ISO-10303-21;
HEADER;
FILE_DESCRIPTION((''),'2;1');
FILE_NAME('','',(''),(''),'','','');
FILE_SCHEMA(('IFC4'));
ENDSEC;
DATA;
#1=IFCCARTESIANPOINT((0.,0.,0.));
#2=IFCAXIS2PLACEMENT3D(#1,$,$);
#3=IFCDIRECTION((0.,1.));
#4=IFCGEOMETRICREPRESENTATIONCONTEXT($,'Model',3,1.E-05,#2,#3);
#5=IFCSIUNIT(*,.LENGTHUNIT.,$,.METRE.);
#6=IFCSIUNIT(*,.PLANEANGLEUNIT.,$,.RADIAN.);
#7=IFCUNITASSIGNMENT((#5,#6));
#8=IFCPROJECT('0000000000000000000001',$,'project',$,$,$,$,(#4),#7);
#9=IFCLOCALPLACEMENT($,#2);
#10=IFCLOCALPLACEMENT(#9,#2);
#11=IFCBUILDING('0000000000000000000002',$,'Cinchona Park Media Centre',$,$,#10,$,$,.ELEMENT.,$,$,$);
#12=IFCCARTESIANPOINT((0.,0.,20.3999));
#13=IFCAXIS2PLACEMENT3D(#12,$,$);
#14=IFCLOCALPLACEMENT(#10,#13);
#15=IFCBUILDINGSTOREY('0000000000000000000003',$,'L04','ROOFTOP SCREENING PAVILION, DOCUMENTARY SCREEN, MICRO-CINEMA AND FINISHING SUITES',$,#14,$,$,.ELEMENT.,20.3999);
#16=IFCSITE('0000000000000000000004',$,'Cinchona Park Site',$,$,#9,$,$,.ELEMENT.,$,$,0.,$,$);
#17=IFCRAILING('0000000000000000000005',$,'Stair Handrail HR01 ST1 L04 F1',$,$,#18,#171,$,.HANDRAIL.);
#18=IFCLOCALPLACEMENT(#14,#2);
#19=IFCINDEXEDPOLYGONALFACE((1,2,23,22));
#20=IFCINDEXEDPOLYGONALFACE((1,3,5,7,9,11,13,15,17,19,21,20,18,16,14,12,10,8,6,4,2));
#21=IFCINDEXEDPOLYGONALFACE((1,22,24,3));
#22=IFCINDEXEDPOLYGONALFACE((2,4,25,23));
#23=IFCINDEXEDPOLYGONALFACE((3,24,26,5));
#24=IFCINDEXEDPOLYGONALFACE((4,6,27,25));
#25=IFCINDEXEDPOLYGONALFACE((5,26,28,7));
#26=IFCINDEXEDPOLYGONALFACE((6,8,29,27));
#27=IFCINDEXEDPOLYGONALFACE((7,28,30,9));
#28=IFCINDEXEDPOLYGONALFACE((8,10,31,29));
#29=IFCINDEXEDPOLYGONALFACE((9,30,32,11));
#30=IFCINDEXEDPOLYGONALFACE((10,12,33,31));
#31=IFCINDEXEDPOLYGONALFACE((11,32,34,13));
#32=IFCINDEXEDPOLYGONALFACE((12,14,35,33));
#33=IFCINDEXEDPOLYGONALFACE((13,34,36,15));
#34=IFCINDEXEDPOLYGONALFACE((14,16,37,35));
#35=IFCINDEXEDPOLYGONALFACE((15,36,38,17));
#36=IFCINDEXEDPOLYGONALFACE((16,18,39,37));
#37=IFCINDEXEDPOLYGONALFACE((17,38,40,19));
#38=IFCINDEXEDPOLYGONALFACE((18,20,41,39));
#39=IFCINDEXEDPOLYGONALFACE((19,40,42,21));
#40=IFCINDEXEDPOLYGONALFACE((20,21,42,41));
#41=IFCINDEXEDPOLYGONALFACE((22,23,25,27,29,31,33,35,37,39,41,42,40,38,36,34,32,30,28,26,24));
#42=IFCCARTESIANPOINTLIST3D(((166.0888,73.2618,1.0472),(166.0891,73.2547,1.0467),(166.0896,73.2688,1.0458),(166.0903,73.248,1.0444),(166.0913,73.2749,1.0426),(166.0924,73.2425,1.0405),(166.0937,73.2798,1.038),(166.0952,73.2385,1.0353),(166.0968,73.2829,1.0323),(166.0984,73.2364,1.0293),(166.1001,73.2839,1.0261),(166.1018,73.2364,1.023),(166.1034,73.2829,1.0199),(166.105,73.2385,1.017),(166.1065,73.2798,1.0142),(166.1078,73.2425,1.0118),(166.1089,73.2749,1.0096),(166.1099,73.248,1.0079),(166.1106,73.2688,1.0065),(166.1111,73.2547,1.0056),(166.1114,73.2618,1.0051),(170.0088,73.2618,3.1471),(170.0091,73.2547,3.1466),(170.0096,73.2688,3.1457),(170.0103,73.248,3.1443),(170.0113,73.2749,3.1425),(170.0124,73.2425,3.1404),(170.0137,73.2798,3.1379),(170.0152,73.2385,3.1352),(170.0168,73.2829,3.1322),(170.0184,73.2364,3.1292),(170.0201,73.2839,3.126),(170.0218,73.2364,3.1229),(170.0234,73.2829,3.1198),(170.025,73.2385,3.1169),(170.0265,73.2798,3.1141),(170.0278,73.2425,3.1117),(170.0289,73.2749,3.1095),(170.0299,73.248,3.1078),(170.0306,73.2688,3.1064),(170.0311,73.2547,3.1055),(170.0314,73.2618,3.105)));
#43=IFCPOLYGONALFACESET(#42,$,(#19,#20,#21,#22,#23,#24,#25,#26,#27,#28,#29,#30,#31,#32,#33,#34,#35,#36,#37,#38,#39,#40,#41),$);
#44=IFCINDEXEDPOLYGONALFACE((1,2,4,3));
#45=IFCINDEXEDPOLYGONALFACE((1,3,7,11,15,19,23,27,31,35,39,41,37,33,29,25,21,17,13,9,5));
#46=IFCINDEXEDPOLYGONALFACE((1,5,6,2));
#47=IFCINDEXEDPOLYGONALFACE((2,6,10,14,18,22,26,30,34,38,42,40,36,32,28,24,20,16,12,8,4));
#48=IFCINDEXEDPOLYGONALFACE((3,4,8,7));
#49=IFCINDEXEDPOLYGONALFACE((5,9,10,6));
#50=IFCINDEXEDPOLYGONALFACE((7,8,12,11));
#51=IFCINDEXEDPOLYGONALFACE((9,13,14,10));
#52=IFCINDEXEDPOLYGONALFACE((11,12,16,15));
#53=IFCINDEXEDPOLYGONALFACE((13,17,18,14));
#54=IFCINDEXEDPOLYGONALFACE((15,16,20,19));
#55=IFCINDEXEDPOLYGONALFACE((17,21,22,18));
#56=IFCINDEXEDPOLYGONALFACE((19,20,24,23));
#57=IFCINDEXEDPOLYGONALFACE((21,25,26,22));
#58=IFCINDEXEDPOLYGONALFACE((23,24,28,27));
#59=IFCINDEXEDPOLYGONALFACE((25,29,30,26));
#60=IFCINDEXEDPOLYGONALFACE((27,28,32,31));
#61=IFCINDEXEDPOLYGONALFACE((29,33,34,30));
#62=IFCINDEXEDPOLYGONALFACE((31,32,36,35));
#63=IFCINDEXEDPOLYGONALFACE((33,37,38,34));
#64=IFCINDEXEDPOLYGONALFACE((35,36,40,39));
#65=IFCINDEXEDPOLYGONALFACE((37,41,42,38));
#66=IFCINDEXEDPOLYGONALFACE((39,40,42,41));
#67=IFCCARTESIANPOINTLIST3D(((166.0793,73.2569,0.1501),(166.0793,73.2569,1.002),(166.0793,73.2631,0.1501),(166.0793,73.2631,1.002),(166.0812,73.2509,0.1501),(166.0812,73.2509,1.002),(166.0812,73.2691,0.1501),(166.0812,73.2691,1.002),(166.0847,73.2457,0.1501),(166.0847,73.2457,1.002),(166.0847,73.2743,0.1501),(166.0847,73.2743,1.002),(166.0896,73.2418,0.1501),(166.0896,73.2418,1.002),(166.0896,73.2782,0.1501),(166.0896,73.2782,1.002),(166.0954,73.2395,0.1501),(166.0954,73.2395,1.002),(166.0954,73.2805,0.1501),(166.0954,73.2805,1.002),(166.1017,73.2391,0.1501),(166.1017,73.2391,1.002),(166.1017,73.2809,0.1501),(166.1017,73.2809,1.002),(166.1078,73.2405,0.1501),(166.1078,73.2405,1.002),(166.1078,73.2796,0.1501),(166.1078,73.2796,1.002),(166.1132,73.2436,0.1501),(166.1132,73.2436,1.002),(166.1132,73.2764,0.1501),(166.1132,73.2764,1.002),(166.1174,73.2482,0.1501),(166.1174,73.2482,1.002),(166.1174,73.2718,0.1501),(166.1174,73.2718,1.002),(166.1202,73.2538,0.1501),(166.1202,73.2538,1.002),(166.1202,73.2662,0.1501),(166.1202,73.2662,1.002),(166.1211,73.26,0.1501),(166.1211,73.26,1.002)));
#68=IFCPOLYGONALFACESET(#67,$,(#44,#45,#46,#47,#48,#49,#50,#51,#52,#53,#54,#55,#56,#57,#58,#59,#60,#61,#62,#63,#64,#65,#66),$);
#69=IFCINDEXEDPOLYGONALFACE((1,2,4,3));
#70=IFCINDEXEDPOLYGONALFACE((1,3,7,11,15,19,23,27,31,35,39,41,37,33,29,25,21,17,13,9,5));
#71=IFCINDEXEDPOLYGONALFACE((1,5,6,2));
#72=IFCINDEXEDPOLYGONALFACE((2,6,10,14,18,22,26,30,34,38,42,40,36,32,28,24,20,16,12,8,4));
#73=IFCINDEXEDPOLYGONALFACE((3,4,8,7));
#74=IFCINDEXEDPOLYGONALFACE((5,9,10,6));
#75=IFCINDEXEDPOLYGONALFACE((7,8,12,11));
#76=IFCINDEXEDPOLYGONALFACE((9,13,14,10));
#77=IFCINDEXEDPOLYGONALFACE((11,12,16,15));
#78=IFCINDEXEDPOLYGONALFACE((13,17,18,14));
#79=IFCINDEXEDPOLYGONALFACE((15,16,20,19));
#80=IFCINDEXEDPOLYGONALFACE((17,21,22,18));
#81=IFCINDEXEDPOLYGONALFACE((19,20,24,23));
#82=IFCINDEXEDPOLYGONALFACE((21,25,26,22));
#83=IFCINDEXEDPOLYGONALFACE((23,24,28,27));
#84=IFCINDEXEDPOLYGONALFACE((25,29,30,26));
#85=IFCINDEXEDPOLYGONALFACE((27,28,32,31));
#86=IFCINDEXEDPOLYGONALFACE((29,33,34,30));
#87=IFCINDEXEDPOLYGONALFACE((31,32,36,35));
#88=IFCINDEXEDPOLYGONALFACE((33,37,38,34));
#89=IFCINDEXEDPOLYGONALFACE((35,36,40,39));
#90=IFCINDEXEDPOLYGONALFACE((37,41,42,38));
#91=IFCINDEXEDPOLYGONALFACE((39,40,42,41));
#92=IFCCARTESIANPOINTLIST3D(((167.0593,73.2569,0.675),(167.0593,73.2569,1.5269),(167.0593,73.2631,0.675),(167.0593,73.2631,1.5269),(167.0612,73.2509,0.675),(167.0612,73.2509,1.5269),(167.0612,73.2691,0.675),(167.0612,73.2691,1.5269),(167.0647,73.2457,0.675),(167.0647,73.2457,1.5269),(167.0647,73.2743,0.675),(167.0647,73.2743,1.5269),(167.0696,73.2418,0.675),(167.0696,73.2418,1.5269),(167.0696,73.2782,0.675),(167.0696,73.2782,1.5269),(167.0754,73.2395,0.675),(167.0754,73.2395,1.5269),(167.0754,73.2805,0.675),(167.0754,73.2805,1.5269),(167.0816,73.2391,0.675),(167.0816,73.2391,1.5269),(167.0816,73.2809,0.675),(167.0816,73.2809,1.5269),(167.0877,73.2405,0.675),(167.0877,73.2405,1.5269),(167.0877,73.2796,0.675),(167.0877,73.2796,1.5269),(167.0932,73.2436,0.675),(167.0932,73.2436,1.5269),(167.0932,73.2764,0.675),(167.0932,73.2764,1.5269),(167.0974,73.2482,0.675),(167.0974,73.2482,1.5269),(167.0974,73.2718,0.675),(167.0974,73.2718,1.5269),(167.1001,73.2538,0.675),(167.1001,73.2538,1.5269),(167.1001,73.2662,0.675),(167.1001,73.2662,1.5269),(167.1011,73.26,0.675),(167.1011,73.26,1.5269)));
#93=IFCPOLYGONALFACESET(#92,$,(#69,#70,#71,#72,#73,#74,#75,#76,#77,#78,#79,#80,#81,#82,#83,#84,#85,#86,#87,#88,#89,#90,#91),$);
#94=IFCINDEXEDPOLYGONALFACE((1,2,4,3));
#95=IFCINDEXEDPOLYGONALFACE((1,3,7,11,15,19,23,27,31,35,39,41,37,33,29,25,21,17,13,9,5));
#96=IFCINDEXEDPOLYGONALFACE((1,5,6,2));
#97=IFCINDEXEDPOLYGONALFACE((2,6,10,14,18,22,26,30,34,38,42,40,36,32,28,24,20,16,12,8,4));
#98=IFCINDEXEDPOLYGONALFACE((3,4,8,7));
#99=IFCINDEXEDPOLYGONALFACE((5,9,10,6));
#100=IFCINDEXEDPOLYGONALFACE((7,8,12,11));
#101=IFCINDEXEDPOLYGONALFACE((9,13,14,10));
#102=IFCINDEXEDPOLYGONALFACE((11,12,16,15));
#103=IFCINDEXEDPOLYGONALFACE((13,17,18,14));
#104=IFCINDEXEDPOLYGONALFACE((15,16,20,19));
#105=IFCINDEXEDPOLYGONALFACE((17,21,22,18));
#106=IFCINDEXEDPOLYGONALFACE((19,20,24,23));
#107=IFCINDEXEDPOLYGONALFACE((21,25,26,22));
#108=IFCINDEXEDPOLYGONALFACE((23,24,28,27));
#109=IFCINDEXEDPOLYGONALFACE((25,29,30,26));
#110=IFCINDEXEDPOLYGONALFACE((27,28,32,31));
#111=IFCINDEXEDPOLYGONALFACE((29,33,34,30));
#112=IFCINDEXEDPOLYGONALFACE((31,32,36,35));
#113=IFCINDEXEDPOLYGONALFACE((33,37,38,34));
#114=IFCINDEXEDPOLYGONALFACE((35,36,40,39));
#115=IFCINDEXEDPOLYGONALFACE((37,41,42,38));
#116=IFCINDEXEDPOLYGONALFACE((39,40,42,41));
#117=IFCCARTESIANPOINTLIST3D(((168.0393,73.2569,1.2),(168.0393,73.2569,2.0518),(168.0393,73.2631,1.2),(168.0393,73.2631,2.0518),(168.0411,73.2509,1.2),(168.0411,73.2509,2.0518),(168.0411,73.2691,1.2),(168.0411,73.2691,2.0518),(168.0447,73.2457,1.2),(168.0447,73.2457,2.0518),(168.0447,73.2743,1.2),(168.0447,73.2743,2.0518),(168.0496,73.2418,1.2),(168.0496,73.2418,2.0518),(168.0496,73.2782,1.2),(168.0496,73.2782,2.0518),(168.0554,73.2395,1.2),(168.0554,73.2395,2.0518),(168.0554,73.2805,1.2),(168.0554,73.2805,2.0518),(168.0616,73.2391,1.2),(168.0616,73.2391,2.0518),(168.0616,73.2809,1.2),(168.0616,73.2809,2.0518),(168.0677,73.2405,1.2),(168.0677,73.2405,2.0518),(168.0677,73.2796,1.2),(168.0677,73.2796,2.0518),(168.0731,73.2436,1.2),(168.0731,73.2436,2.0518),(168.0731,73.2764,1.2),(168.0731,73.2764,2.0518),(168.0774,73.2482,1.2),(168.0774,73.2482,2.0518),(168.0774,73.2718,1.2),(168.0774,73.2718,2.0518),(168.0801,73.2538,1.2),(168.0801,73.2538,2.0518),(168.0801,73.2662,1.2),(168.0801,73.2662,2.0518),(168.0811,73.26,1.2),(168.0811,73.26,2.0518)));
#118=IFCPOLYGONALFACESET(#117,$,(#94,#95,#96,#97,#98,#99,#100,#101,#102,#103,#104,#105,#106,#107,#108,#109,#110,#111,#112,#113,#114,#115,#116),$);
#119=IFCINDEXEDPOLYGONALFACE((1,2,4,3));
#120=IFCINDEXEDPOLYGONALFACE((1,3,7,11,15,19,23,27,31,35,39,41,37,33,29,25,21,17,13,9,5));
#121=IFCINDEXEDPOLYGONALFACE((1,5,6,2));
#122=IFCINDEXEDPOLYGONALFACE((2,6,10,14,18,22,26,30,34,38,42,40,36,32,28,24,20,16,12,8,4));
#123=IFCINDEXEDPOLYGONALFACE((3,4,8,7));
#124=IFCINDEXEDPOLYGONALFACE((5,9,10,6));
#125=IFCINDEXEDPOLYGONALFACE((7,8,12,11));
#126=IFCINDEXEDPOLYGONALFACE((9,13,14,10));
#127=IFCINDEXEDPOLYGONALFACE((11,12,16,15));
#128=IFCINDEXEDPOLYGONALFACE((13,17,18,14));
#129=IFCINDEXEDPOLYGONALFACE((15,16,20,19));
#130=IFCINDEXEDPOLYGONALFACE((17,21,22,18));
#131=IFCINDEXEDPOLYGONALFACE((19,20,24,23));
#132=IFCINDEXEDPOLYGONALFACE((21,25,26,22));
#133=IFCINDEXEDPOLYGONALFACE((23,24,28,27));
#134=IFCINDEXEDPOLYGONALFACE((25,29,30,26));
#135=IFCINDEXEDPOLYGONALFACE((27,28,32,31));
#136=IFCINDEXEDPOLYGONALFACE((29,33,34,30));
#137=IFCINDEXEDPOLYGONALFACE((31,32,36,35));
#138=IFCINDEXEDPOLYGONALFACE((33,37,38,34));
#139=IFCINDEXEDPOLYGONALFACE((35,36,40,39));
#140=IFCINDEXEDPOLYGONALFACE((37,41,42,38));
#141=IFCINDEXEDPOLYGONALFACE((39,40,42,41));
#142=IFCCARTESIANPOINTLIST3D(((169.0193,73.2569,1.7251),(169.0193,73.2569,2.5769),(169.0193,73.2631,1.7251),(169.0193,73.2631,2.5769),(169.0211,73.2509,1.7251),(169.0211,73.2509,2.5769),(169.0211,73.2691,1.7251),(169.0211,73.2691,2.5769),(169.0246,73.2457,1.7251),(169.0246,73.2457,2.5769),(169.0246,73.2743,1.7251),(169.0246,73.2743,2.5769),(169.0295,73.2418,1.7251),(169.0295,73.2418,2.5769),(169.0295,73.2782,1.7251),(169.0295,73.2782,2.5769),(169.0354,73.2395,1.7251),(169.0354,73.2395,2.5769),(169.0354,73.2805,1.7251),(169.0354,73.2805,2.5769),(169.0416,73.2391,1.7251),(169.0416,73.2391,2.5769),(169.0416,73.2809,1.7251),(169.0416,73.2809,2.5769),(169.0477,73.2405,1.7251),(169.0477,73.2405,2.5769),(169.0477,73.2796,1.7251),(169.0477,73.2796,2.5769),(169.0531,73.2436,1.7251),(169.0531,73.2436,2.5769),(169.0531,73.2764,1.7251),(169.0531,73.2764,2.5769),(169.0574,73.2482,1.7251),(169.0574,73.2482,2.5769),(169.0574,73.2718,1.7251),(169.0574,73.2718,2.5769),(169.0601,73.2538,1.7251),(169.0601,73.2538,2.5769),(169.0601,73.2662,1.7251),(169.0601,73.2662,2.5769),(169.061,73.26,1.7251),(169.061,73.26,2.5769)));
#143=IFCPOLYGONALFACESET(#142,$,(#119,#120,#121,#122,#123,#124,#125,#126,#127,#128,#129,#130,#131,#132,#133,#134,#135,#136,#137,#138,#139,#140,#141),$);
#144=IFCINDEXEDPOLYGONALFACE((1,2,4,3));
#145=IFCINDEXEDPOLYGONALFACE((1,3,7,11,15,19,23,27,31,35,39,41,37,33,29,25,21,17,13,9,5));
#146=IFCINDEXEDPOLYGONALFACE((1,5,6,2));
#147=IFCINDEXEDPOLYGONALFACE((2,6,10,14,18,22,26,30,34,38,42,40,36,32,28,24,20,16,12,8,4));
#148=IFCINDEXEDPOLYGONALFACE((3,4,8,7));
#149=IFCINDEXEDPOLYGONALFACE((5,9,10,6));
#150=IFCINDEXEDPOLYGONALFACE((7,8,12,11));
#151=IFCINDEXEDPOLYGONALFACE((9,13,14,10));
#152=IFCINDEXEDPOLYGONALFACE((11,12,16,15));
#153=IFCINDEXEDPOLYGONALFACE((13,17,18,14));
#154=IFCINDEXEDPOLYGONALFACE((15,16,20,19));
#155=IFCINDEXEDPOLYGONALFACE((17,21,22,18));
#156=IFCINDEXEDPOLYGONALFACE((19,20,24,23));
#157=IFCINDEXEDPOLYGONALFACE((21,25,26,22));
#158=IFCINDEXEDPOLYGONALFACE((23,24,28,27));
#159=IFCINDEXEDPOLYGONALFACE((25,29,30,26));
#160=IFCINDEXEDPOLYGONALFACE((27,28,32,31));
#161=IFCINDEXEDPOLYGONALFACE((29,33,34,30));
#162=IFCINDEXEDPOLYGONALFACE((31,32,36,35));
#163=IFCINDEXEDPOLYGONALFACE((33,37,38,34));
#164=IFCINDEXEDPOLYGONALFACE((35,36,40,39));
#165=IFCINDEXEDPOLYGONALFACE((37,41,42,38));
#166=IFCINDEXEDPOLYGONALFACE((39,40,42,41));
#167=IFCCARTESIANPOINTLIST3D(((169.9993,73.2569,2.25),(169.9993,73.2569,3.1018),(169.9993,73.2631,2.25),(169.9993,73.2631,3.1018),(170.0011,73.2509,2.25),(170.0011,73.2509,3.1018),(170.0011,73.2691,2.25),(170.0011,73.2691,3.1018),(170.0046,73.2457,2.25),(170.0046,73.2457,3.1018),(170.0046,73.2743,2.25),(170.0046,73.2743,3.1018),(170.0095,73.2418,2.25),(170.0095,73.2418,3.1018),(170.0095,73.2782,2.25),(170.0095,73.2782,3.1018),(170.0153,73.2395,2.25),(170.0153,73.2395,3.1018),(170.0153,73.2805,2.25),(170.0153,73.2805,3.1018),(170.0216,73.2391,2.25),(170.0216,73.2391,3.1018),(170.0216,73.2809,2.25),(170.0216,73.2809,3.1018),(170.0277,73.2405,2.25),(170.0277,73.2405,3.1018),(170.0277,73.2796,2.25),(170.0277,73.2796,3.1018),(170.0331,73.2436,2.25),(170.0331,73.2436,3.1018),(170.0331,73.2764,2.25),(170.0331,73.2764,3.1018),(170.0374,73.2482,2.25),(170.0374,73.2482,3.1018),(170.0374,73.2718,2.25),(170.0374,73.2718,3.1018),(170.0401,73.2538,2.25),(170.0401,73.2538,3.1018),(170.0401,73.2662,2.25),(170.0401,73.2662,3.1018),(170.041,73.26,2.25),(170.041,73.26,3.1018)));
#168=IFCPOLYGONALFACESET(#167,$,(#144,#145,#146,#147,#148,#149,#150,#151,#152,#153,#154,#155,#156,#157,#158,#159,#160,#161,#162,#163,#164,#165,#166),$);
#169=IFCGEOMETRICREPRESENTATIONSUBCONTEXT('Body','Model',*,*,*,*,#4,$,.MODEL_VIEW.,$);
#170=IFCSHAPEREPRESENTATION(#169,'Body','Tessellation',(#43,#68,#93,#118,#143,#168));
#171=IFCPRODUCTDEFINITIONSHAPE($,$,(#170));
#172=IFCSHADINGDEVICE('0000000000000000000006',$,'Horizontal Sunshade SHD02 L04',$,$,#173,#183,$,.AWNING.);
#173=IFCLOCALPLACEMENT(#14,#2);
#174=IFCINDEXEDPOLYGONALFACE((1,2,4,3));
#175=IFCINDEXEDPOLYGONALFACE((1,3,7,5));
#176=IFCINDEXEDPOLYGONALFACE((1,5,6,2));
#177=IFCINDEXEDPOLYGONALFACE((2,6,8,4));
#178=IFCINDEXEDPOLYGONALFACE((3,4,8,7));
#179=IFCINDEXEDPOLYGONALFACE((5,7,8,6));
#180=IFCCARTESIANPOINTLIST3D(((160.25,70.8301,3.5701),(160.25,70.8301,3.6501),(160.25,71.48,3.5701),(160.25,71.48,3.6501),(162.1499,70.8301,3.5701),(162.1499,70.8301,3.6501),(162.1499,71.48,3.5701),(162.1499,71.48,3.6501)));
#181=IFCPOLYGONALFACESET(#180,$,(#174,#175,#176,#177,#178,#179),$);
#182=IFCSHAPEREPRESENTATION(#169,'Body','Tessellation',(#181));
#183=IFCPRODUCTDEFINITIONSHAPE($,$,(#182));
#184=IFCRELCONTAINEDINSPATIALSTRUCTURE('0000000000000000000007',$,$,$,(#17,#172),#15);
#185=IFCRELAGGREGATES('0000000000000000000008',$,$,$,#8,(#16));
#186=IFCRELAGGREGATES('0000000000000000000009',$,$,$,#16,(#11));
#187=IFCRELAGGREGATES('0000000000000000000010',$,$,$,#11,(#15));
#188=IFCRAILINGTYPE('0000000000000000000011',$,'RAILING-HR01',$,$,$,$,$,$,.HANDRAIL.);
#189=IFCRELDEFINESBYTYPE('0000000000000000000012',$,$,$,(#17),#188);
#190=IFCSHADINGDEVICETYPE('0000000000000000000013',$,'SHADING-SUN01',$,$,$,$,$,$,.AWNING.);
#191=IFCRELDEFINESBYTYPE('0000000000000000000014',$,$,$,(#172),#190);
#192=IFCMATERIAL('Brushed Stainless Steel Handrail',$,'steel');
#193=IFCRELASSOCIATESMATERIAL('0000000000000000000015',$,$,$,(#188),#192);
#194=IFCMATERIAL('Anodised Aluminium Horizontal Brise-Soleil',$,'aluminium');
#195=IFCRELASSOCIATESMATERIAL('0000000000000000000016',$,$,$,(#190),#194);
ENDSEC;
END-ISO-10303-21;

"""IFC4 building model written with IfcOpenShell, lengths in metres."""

from ifc_helpers import new_model, si_unit, direction, frame, origin, origin_2d, place, context, subcontext, project, spatial, rectangle, circle, extrude, material, type_object, element, save


model = new_model("IFC4")

# Units and contexts
model_context = context("Model", 3, precision=1e-05, world=origin(), true_north=direction((0.0, 1.0)))
body_context = subcontext(model_context, "Body", "Model", "MODEL_VIEW")
ifc_project = project(units=[si_unit("LENGTHUNIT", "METRE"), si_unit("PLANEANGLEUNIT", "RADIAN")], contexts=[model_context])

# Site, building, storey
site_placement = place(None, origin())
site = spatial("IfcSite", under=ifc_project, at=site_placement, Name="Cinchona Park Site", CompositionType="ELEMENT", RefElevation=0.0)
building_placement = place(site_placement, origin())
building = spatial("IfcBuilding", under=site, at=building_placement, Name="Cinchona Park Media Centre", CompositionType="ELEMENT")
storey_placement = place(building_placement, frame((0.0, 0.0, 20.3999)))
storey = spatial("IfcBuildingStorey", under=building, at=storey_placement, Name="L04", Description="ROOFTOP SCREENING PAVILION, DOCUMENTARY SCREEN, MICRO-CINEMA AND FINISHING SUITES", CompositionType="ELEMENT", Elevation=20.3999)

# Railing
ifc_material_1 = material(Name="Brushed Stainless Steel Handrail", Category="steel")
railing_type_1 = type_object("IfcRailingType", Name="RAILING-HR01", PredefinedType="HANDRAIL", material=ifc_material_1)
railing_1_placement = place(storey_placement, frame((166.1001, 73.26, 0.1501)))
element("IfcRailing", 1, at=railing_1_placement, inside=storey, type_object=railing_type_1, Name="Stair Handrail HR01 ST1 L04 F1", PredefinedType="HANDRAIL", context=body_context, shape_type="SweptSolid", body=[
    extrude(circle(Radius=0.0239, at=origin_2d()), frame((0.0, 0.0, 0.876), z_axis=(0.88149, 0.0, 0.472203), x_axis=(0.0, 1.0, 0.0)), (0.0, 0.0, 1.0), 4.447),
    extrude(circle(Radius=0.021, at=origin_2d()), origin(), (0.0, 0.0, 1.0), 0.8518),
    extrude(circle(Radius=0.021, at=origin_2d()), frame((0.98, 0.0, 0.5249)), (0.0, 0.0, 1.0), 0.8518),
    extrude(circle(Radius=0.021, at=origin_2d()), frame((1.96, 0.0, 1.0498)), (0.0, 0.0, 1.0), 0.8518),
    extrude(circle(Radius=0.021, at=origin_2d()), frame((2.9399, 0.0, 1.575)), (0.0, 0.0, 1.0), 0.8518),
    extrude(circle(Radius=0.021, at=origin_2d()), frame((3.9199, 0.0, 2.0999)), (0.0, 0.0, 1.0), 0.8518),
])

# Shading device
ifc_material_2 = material(Name="Anodised Aluminium Horizontal Brise-Soleil", Category="aluminium")
shading_device_type = type_object("IfcShadingDeviceType", Name="SHADING-SUN01", PredefinedType="AWNING", material=ifc_material_2)
shading_device_placement = place(storey_placement, frame((161.2, 71.155, 3.5701), z_axis=(0.0, 0.0, 1.0), x_axis=(-1.0, 0.0, 0.0)))
element("IfcShadingDevice", 2, at=shading_device_placement, inside=storey, type_object=shading_device_type, Name="Horizontal Sunshade SHD02 L04", PredefinedType="AWNING", context=body_context, shape_type="SweptSolid", body=[
    extrude(rectangle(XDim=1.8999, YDim=0.6499, at=origin_2d()), origin(), (0.0, 0.0, 1.0), 0.0801),
])

save(model, "model.ifc")
